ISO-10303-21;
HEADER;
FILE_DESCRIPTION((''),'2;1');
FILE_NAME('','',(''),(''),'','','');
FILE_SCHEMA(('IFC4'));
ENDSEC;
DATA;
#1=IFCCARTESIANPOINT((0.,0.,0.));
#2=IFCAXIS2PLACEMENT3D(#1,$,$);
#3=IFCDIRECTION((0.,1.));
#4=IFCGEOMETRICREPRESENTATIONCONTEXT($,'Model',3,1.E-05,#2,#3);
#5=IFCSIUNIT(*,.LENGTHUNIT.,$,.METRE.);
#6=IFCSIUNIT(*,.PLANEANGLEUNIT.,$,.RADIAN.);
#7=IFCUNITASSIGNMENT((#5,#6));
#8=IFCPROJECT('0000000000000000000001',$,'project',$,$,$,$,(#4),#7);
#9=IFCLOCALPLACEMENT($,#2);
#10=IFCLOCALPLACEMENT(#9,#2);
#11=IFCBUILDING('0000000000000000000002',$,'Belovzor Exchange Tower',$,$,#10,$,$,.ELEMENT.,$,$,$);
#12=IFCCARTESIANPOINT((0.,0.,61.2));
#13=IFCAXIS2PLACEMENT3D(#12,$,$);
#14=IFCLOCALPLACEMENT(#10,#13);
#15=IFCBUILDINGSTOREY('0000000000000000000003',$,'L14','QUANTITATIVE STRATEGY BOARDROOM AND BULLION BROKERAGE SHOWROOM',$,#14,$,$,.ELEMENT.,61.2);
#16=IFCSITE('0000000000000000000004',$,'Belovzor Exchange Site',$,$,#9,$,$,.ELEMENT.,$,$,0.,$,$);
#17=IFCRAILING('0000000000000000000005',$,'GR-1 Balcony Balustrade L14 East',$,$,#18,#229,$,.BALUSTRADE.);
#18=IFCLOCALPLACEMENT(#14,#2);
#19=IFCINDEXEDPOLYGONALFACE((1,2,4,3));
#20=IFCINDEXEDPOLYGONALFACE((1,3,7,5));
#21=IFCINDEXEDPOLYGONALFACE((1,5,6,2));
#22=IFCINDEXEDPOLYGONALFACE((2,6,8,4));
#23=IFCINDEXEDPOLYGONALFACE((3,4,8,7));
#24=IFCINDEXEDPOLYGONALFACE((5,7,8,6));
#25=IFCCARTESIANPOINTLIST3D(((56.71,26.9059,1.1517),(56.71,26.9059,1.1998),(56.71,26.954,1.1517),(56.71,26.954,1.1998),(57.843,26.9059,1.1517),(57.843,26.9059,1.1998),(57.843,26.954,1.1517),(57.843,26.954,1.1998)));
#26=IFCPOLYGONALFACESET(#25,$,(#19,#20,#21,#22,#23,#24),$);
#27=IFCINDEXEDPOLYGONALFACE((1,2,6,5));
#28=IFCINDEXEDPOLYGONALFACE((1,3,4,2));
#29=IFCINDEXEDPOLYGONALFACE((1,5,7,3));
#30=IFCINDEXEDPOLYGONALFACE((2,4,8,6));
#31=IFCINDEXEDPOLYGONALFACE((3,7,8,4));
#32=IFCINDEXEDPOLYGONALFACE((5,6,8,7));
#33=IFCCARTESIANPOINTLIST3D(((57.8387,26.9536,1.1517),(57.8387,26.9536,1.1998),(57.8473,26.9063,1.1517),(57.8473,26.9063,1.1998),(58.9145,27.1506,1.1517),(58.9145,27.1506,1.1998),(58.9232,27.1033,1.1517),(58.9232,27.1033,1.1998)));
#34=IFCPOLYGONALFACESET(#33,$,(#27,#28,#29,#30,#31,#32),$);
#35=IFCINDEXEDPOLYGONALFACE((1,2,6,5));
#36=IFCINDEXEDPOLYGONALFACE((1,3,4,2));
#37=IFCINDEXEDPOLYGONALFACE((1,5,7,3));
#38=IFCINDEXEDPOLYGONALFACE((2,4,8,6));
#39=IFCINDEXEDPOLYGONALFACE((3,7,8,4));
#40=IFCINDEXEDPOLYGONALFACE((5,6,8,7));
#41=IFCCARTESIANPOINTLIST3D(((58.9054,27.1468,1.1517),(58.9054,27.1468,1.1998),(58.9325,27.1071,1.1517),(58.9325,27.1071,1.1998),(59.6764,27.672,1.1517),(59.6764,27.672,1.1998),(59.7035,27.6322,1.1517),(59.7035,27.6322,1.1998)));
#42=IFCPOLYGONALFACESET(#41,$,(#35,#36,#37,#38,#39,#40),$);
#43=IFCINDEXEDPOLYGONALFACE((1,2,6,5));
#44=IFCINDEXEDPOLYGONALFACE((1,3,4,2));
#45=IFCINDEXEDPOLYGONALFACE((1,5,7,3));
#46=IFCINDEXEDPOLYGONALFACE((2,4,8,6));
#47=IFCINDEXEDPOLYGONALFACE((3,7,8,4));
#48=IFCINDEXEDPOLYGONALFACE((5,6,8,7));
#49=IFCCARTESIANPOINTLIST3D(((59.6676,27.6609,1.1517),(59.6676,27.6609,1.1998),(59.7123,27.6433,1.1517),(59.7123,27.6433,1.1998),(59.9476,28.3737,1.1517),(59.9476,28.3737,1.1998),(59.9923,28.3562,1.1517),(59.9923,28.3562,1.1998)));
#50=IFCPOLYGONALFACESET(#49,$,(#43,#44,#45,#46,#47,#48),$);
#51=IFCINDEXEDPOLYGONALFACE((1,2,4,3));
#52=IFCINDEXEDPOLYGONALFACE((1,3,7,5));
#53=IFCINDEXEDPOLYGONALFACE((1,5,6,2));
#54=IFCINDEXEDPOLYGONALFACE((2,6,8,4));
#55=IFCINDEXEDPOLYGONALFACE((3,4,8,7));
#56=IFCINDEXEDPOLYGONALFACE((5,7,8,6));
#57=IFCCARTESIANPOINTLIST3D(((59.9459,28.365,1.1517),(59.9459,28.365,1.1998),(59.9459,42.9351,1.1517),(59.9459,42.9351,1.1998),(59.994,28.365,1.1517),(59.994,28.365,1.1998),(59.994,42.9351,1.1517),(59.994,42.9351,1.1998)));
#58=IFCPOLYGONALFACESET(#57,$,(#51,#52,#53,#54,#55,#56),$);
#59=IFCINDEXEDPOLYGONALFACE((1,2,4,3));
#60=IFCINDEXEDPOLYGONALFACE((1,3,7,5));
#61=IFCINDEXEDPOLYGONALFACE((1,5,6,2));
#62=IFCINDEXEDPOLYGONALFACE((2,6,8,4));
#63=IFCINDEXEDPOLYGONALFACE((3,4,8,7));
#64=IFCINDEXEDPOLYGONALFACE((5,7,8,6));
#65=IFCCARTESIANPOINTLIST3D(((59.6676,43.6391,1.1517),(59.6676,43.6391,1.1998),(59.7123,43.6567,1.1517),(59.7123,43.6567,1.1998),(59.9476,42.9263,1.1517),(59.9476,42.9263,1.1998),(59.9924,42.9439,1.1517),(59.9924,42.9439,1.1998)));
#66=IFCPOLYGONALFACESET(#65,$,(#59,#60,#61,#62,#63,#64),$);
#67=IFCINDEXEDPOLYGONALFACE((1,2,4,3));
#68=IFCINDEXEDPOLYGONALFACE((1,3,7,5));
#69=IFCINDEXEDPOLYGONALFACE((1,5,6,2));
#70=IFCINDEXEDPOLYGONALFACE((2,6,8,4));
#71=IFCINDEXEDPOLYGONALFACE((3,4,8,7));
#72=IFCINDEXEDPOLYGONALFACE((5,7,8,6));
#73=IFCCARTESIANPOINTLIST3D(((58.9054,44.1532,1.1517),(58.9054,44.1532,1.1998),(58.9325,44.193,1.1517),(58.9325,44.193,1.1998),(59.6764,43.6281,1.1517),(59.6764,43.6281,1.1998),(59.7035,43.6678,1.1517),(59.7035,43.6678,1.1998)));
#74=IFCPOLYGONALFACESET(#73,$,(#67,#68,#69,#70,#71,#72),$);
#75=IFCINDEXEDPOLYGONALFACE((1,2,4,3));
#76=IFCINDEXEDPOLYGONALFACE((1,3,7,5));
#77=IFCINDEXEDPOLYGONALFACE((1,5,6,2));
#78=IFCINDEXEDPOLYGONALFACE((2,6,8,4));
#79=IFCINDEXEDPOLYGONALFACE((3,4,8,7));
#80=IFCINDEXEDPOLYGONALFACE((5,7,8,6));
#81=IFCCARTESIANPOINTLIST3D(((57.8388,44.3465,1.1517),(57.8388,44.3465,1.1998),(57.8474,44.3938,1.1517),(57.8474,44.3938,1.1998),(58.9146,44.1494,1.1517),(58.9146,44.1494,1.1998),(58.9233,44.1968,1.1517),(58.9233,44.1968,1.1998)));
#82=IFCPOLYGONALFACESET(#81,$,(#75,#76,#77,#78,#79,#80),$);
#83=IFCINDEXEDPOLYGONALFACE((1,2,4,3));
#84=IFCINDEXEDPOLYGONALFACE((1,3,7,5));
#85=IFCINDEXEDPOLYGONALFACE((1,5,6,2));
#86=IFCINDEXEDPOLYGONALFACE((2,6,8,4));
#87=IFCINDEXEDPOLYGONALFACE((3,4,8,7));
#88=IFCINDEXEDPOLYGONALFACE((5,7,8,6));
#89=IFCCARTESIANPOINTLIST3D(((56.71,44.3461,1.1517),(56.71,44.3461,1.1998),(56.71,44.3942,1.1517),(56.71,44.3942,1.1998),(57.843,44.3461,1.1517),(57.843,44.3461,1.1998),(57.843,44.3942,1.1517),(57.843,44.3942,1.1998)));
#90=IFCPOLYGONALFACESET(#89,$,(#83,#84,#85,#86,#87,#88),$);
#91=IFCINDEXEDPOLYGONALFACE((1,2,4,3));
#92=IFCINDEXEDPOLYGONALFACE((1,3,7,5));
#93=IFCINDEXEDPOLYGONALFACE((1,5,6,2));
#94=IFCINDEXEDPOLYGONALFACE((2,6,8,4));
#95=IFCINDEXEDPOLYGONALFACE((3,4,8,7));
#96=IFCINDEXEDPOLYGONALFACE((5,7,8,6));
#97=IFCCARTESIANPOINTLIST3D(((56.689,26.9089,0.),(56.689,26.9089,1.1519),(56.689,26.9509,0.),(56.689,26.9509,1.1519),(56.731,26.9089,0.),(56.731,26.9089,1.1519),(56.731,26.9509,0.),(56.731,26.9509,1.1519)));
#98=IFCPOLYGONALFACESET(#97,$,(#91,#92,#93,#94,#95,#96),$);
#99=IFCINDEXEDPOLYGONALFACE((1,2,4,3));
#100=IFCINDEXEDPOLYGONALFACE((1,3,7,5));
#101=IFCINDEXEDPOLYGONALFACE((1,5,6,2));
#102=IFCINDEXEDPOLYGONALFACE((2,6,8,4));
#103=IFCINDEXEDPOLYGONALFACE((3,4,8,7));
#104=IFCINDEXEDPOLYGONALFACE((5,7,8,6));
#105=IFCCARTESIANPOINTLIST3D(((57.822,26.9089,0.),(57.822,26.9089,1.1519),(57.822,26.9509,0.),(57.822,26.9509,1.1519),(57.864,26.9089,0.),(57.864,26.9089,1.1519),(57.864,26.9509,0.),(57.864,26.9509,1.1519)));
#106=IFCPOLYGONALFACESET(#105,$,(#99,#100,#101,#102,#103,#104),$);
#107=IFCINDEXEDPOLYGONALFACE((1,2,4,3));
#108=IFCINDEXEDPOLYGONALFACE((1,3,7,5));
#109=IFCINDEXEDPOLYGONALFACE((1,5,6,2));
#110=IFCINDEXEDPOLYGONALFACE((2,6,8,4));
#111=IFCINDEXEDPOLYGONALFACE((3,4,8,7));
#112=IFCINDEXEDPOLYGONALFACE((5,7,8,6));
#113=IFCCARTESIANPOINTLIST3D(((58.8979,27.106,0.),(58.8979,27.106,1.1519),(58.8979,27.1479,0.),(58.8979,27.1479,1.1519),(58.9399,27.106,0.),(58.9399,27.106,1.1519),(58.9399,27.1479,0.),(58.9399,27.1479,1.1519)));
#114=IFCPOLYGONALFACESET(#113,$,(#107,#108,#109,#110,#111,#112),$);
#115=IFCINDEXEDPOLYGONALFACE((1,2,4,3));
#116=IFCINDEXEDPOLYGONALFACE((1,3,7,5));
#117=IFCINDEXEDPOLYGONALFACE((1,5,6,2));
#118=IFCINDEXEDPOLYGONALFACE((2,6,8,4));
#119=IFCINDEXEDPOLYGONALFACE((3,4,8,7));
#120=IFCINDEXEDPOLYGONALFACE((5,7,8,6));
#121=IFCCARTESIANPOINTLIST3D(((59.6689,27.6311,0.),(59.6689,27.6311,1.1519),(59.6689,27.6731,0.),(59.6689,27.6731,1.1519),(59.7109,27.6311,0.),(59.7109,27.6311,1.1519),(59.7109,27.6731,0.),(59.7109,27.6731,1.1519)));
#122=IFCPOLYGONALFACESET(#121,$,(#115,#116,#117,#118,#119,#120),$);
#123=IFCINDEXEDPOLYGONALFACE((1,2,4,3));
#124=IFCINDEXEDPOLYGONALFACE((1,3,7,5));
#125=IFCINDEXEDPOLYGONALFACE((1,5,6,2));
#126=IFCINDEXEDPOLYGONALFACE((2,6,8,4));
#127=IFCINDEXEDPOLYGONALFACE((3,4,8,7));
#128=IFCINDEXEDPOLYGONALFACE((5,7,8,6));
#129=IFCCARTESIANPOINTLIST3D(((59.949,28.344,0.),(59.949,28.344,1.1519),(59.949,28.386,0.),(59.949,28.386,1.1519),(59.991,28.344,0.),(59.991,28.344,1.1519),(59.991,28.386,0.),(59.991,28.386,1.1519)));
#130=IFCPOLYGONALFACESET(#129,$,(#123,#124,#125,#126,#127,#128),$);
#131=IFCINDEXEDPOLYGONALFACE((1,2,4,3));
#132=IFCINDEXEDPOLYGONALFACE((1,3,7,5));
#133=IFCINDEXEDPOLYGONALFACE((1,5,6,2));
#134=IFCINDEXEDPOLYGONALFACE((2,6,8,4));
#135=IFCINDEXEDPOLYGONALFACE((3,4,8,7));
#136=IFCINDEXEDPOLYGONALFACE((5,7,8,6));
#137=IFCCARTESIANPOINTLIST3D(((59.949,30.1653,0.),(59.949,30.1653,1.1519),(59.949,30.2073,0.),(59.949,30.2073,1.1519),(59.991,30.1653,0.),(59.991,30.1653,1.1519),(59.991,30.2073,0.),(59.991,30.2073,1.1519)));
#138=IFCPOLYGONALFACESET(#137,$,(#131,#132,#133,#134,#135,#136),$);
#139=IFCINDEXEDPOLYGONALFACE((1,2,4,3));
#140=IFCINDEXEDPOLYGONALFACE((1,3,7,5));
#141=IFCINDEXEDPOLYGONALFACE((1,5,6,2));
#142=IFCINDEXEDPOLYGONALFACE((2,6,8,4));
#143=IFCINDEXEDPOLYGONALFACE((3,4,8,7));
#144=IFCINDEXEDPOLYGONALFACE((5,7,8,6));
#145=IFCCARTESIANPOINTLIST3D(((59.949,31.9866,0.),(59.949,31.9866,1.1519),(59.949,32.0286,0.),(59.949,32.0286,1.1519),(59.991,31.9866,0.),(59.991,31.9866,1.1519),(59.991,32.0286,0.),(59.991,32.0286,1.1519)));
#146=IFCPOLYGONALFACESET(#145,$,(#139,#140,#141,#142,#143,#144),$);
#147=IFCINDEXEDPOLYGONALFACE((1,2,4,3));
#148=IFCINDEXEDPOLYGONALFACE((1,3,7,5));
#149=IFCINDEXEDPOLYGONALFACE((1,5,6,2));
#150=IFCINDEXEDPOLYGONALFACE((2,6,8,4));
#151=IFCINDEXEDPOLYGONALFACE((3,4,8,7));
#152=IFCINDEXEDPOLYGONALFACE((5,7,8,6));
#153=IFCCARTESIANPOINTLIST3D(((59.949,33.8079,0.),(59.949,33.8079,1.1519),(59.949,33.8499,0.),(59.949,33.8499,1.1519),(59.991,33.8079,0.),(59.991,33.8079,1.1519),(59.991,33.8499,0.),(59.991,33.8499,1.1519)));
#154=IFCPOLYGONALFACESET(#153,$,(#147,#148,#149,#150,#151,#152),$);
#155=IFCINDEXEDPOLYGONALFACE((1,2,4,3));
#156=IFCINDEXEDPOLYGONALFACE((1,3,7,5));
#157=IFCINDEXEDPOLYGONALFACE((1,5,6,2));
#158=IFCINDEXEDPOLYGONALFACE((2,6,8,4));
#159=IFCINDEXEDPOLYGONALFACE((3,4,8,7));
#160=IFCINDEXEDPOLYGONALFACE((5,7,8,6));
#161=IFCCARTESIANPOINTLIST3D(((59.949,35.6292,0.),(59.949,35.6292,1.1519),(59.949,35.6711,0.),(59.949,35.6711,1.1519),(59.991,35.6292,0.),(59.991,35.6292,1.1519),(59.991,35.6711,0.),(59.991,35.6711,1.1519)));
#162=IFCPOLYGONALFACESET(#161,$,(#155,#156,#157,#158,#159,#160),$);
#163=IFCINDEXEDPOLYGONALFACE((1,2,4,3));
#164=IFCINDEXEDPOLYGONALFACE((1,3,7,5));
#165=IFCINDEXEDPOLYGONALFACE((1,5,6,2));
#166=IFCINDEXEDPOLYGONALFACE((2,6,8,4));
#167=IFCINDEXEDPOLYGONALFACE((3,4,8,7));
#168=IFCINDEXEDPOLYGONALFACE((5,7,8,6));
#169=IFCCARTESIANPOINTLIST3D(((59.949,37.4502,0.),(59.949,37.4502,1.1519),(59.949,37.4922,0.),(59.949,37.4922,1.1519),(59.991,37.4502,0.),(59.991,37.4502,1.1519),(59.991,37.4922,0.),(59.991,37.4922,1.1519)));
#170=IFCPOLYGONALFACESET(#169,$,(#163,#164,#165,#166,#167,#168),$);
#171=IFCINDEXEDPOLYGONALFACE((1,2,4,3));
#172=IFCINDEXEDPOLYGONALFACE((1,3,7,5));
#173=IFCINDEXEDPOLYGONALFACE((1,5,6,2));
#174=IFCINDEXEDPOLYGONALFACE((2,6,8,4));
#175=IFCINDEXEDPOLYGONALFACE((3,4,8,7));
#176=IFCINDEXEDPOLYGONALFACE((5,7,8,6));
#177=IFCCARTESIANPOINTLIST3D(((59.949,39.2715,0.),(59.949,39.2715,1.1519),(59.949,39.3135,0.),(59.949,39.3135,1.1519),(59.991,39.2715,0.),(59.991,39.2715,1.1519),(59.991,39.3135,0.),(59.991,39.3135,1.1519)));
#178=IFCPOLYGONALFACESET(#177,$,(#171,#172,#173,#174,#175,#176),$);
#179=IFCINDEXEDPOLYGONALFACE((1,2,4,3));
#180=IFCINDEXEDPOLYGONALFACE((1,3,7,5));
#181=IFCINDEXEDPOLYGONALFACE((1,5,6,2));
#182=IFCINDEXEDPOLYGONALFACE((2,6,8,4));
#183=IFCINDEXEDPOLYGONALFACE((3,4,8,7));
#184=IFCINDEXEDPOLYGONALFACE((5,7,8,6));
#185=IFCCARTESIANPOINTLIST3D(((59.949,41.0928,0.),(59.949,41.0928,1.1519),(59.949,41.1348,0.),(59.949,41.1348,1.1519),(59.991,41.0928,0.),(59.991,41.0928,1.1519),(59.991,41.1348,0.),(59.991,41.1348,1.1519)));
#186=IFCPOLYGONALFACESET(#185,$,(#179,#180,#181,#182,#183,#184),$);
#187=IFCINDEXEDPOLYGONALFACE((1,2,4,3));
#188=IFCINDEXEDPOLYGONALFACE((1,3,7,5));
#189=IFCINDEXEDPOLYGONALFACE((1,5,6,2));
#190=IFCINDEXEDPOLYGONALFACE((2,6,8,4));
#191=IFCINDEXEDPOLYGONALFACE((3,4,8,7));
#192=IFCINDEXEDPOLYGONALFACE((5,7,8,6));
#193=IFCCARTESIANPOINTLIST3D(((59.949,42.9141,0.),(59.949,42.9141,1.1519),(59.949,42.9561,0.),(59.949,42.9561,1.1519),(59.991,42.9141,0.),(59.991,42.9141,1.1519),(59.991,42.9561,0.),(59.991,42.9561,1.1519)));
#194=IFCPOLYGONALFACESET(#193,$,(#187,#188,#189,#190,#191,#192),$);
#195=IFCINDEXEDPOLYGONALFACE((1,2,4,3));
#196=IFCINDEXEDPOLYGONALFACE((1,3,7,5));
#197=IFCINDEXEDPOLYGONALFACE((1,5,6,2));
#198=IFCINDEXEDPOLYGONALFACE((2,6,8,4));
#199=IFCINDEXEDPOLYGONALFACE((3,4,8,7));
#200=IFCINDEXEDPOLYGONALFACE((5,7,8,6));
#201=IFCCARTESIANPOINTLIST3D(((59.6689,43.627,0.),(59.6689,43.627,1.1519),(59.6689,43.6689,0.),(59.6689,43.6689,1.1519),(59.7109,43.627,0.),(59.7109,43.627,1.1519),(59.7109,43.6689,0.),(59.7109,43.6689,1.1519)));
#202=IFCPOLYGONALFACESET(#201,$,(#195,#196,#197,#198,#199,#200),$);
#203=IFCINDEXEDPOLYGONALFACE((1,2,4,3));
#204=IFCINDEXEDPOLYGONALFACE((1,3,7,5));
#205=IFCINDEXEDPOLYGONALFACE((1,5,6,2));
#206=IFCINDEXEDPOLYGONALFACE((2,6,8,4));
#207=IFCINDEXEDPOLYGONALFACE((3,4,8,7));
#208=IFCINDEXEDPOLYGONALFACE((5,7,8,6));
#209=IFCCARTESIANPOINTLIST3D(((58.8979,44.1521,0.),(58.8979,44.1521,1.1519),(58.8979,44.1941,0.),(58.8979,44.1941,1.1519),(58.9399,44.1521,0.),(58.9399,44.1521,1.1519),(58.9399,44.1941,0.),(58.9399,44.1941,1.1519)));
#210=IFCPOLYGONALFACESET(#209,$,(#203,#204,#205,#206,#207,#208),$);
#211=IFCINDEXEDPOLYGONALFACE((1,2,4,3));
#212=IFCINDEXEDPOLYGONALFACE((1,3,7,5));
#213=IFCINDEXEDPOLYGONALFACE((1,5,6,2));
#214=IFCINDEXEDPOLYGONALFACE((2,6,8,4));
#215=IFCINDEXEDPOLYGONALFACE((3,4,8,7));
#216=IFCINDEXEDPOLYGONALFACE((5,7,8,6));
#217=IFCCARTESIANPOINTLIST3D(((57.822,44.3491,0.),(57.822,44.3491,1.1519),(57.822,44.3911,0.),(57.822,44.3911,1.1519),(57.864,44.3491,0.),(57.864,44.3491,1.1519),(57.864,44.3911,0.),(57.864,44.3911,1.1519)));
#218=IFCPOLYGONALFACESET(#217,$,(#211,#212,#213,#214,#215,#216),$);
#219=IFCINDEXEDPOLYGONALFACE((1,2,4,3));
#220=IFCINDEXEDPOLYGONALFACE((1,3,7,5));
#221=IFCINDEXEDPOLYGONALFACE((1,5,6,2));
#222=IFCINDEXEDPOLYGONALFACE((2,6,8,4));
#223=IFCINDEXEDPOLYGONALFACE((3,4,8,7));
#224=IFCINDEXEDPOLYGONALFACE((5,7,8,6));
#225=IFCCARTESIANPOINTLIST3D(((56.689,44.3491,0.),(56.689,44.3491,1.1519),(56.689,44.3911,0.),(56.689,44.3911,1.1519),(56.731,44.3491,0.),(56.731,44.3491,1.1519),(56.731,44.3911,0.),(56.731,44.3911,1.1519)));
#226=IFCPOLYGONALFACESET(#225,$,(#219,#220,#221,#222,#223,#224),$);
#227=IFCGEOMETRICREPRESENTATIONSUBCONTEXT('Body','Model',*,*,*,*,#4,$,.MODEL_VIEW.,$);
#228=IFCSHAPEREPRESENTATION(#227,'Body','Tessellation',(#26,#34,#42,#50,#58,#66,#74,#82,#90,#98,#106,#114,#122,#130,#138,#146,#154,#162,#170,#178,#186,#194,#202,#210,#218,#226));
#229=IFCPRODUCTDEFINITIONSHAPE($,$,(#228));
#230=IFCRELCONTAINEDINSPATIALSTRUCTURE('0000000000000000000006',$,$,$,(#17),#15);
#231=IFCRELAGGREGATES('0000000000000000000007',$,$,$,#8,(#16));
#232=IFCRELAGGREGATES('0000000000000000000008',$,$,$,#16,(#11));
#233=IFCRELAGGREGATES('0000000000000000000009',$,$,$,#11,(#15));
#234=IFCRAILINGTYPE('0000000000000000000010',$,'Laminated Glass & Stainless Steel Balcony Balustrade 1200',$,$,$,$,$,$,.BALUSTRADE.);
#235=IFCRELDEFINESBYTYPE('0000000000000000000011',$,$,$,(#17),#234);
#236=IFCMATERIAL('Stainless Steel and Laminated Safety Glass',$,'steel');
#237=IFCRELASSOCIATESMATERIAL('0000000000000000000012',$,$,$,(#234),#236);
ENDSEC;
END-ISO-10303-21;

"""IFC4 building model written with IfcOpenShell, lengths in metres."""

from ifc_helpers import new_model, si_unit, direction, frame, origin, origin_2d, place, context, subcontext, project, spatial, rectangle, extrude, material, type_object, element, save


model = new_model("IFC4")

# Units and contexts
model_context = context("Model", 3, precision=1e-05, world=origin(), true_north=direction((0.0, 1.0)))
body_context = subcontext(model_context, "Body", "Model", "MODEL_VIEW")
ifc_project = project(units=[si_unit("LENGTHUNIT", "METRE"), si_unit("PLANEANGLEUNIT", "RADIAN")], contexts=[model_context])

# Site, building, storey
site_placement = place(None, origin())
site = spatial("IfcSite", under=ifc_project, at=site_placement, Name="Belovzor Exchange Site", CompositionType="ELEMENT", RefElevation=0.0)
building_placement = place(site_placement, origin())
building = spatial("IfcBuilding", under=site, at=building_placement, Name="Belovzor Exchange Tower", CompositionType="ELEMENT")
storey_placement = place(building_placement, frame((0.0, 0.0, 61.2)))
storey = spatial("IfcBuildingStorey", under=building, at=storey_placement, Name="L14", Description="QUANTITATIVE STRATEGY BOARDROOM AND BULLION BROKERAGE SHOWROOM", CompositionType="ELEMENT", Elevation=61.2)

# Railing
ifc_material_1 = material(Name="Stainless Steel and Laminated Safety Glass", Category="steel")
railing_type = type_object("IfcRailingType", Name="Laminated Glass & Stainless Steel Balcony Balustrade 1200", PredefinedType="BALUSTRADE", material=ifc_material_1)
railing_placement = place(storey_placement, frame((56.71, 26.9299, 0.0)))
element("IfcRailing", 1, at=railing_placement, inside=storey, type_object=railing_type, Name="GR-1 Balcony Balustrade L14 East", PredefinedType="BALUSTRADE", context=body_context, shape_type="SweptSolid", body=[
    extrude(rectangle(XDim=0.0481, YDim=0.0481, at=origin_2d()), frame((0.0, 0.0, 1.1758), z_axis=(1.0, 0.0, 0.0), x_axis=(0.0, 1.0, 0.0)), (0.0, 0.0, 1.0), 1.1331),
    extrude(rectangle(XDim=0.0481, YDim=0.0481, at=origin_2d()), frame((1.1331, 0.0, 1.1758), z_axis=(0.983644, 0.180123, 0.0), x_axis=(-0.180123, 0.983644, 0.0)), (0.0, 0.0, 1.0), 1.0938),
    extrude(rectangle(XDim=0.0481, YDim=0.0481, at=origin_2d()), frame((2.209, 0.197, 1.1758), z_axis=(0.826493, 0.562947, 0.0), x_axis=(-0.562947, 0.826493, 0.0)), (0.0, 0.0, 1.0), 0.9329),
    extrude(rectangle(XDim=0.0481, YDim=0.0481, at=origin_2d()), frame((2.98, 0.7222, 1.1758), z_axis=(0.365613, 0.930767, 0.0), x_axis=(-0.930767, 0.365613, 0.0)), (0.0, 0.0, 1.0), 0.7659),
    extrude(rectangle(XDim=0.0481, YDim=0.0481, at=origin_2d()), frame((3.26, 1.4351, 1.1758), z_axis=(0.0, 1.0, 0.0), x_axis=(-1.0, 0.0, 0.0)), (0.0, 0.0, 1.0), 14.5701),
    extrude(rectangle(XDim=0.0481, YDim=0.0481, at=origin_2d()), frame((3.26, 16.0051, 1.1758), z_axis=(-0.365613, 0.930767, 0.0), x_axis=(-0.930767, -0.365613, 0.0)), (0.0, 0.0, 1.0), 0.7659),
    extrude(rectangle(XDim=0.0481, YDim=0.0481, at=origin_2d()), frame((2.98, 16.718, 1.1758), z_axis=(-0.826493, 0.562947, 0.0), x_axis=(-0.562947, -0.826493, 0.0)), (0.0, 0.0, 1.0), 0.9329),
    extrude(rectangle(XDim=0.0481, YDim=0.0481, at=origin_2d()), frame((2.209, 17.2432, 1.1758), z_axis=(-0.983644, 0.180123, 0.0), x_axis=(-0.180123, -0.983644, 0.0)), (0.0, 0.0, 1.0), 1.0938),
    extrude(rectangle(XDim=0.0481, YDim=0.0481, at=origin_2d()), frame((1.1331, 17.4402, 1.1758), z_axis=(-1.0, 0.0, 0.0), x_axis=(0.0, -1.0, 0.0)), (0.0, 0.0, 1.0), 1.1331),
    extrude(rectangle(XDim=0.042, YDim=0.042, at=origin_2d()), origin(), (0.0, 0.0, 1.0), 1.1519),
    extrude(rectangle(XDim=0.042, YDim=0.042, at=origin_2d()), frame((1.1331, 0.0, 0.0)), (0.0, 0.0, 1.0), 1.1519),
    extrude(rectangle(XDim=0.042, YDim=0.042, at=origin_2d()), frame((2.209, 0.197, 0.0)), (0.0, 0.0, 1.0), 1.1519),
    extrude(rectangle(XDim=0.042, YDim=0.042, at=origin_2d()), frame((2.98, 0.7222, 0.0)), (0.0, 0.0, 1.0), 1.1519),
    extrude(rectangle(XDim=0.042, YDim=0.042, at=origin_2d()), frame((3.26, 1.4351, 0.0)), (0.0, 0.0, 1.0), 1.1519),
    extrude(rectangle(XDim=0.042, YDim=0.042, at=origin_2d()), frame((3.26, 3.2563, 0.0)), (0.0, 0.0, 1.0), 1.1519),
    extrude(rectangle(XDim=0.042, YDim=0.042, at=origin_2d()), frame((3.26, 5.0776, 0.0)), (0.0, 0.0, 1.0), 1.1519),
    extrude(rectangle(XDim=0.042, YDim=0.042, at=origin_2d()), frame((3.26, 6.8989, 0.0)), (0.0, 0.0, 1.0), 1.1519),
    extrude(rectangle(XDim=0.042, YDim=0.042, at=origin_2d()), frame((3.26, 8.7202, 0.0)), (0.0, 0.0, 1.0), 1.1519),
    extrude(rectangle(XDim=0.042, YDim=0.042, at=origin_2d()), frame((3.26, 10.5413, 0.0)), (0.0, 0.0, 1.0), 1.1519),
    extrude(rectangle(XDim=0.042, YDim=0.042, at=origin_2d()), frame((3.26, 12.3625, 0.0)), (0.0, 0.0, 1.0), 1.1519),
    extrude(rectangle(XDim=0.042, YDim=0.042, at=origin_2d()), frame((3.26, 14.1838, 0.0)), (0.0, 0.0, 1.0), 1.1519),
    extrude(rectangle(XDim=0.042, YDim=0.042, at=origin_2d()), frame((3.26, 16.0051, 0.0)), (0.0, 0.0, 1.0), 1.1519),
    extrude(rectangle(XDim=0.042, YDim=0.042, at=origin_2d()), frame((2.98, 16.718, 0.0)), (0.0, 0.0, 1.0), 1.1519),
    extrude(rectangle(XDim=0.042, YDim=0.042, at=origin_2d()), frame((2.209, 17.2432, 0.0)), (0.0, 0.0, 1.0), 1.1519),
    extrude(rectangle(XDim=0.042, YDim=0.042, at=origin_2d()), frame((1.1331, 17.4402, 0.0)), (0.0, 0.0, 1.0), 1.1519),
    extrude(rectangle(XDim=0.042, YDim=0.042, at=origin_2d()), frame((0.0, 17.4402, 0.0)), (0.0, 0.0, 1.0), 1.1519),
])

save(model, "model.ifc")
